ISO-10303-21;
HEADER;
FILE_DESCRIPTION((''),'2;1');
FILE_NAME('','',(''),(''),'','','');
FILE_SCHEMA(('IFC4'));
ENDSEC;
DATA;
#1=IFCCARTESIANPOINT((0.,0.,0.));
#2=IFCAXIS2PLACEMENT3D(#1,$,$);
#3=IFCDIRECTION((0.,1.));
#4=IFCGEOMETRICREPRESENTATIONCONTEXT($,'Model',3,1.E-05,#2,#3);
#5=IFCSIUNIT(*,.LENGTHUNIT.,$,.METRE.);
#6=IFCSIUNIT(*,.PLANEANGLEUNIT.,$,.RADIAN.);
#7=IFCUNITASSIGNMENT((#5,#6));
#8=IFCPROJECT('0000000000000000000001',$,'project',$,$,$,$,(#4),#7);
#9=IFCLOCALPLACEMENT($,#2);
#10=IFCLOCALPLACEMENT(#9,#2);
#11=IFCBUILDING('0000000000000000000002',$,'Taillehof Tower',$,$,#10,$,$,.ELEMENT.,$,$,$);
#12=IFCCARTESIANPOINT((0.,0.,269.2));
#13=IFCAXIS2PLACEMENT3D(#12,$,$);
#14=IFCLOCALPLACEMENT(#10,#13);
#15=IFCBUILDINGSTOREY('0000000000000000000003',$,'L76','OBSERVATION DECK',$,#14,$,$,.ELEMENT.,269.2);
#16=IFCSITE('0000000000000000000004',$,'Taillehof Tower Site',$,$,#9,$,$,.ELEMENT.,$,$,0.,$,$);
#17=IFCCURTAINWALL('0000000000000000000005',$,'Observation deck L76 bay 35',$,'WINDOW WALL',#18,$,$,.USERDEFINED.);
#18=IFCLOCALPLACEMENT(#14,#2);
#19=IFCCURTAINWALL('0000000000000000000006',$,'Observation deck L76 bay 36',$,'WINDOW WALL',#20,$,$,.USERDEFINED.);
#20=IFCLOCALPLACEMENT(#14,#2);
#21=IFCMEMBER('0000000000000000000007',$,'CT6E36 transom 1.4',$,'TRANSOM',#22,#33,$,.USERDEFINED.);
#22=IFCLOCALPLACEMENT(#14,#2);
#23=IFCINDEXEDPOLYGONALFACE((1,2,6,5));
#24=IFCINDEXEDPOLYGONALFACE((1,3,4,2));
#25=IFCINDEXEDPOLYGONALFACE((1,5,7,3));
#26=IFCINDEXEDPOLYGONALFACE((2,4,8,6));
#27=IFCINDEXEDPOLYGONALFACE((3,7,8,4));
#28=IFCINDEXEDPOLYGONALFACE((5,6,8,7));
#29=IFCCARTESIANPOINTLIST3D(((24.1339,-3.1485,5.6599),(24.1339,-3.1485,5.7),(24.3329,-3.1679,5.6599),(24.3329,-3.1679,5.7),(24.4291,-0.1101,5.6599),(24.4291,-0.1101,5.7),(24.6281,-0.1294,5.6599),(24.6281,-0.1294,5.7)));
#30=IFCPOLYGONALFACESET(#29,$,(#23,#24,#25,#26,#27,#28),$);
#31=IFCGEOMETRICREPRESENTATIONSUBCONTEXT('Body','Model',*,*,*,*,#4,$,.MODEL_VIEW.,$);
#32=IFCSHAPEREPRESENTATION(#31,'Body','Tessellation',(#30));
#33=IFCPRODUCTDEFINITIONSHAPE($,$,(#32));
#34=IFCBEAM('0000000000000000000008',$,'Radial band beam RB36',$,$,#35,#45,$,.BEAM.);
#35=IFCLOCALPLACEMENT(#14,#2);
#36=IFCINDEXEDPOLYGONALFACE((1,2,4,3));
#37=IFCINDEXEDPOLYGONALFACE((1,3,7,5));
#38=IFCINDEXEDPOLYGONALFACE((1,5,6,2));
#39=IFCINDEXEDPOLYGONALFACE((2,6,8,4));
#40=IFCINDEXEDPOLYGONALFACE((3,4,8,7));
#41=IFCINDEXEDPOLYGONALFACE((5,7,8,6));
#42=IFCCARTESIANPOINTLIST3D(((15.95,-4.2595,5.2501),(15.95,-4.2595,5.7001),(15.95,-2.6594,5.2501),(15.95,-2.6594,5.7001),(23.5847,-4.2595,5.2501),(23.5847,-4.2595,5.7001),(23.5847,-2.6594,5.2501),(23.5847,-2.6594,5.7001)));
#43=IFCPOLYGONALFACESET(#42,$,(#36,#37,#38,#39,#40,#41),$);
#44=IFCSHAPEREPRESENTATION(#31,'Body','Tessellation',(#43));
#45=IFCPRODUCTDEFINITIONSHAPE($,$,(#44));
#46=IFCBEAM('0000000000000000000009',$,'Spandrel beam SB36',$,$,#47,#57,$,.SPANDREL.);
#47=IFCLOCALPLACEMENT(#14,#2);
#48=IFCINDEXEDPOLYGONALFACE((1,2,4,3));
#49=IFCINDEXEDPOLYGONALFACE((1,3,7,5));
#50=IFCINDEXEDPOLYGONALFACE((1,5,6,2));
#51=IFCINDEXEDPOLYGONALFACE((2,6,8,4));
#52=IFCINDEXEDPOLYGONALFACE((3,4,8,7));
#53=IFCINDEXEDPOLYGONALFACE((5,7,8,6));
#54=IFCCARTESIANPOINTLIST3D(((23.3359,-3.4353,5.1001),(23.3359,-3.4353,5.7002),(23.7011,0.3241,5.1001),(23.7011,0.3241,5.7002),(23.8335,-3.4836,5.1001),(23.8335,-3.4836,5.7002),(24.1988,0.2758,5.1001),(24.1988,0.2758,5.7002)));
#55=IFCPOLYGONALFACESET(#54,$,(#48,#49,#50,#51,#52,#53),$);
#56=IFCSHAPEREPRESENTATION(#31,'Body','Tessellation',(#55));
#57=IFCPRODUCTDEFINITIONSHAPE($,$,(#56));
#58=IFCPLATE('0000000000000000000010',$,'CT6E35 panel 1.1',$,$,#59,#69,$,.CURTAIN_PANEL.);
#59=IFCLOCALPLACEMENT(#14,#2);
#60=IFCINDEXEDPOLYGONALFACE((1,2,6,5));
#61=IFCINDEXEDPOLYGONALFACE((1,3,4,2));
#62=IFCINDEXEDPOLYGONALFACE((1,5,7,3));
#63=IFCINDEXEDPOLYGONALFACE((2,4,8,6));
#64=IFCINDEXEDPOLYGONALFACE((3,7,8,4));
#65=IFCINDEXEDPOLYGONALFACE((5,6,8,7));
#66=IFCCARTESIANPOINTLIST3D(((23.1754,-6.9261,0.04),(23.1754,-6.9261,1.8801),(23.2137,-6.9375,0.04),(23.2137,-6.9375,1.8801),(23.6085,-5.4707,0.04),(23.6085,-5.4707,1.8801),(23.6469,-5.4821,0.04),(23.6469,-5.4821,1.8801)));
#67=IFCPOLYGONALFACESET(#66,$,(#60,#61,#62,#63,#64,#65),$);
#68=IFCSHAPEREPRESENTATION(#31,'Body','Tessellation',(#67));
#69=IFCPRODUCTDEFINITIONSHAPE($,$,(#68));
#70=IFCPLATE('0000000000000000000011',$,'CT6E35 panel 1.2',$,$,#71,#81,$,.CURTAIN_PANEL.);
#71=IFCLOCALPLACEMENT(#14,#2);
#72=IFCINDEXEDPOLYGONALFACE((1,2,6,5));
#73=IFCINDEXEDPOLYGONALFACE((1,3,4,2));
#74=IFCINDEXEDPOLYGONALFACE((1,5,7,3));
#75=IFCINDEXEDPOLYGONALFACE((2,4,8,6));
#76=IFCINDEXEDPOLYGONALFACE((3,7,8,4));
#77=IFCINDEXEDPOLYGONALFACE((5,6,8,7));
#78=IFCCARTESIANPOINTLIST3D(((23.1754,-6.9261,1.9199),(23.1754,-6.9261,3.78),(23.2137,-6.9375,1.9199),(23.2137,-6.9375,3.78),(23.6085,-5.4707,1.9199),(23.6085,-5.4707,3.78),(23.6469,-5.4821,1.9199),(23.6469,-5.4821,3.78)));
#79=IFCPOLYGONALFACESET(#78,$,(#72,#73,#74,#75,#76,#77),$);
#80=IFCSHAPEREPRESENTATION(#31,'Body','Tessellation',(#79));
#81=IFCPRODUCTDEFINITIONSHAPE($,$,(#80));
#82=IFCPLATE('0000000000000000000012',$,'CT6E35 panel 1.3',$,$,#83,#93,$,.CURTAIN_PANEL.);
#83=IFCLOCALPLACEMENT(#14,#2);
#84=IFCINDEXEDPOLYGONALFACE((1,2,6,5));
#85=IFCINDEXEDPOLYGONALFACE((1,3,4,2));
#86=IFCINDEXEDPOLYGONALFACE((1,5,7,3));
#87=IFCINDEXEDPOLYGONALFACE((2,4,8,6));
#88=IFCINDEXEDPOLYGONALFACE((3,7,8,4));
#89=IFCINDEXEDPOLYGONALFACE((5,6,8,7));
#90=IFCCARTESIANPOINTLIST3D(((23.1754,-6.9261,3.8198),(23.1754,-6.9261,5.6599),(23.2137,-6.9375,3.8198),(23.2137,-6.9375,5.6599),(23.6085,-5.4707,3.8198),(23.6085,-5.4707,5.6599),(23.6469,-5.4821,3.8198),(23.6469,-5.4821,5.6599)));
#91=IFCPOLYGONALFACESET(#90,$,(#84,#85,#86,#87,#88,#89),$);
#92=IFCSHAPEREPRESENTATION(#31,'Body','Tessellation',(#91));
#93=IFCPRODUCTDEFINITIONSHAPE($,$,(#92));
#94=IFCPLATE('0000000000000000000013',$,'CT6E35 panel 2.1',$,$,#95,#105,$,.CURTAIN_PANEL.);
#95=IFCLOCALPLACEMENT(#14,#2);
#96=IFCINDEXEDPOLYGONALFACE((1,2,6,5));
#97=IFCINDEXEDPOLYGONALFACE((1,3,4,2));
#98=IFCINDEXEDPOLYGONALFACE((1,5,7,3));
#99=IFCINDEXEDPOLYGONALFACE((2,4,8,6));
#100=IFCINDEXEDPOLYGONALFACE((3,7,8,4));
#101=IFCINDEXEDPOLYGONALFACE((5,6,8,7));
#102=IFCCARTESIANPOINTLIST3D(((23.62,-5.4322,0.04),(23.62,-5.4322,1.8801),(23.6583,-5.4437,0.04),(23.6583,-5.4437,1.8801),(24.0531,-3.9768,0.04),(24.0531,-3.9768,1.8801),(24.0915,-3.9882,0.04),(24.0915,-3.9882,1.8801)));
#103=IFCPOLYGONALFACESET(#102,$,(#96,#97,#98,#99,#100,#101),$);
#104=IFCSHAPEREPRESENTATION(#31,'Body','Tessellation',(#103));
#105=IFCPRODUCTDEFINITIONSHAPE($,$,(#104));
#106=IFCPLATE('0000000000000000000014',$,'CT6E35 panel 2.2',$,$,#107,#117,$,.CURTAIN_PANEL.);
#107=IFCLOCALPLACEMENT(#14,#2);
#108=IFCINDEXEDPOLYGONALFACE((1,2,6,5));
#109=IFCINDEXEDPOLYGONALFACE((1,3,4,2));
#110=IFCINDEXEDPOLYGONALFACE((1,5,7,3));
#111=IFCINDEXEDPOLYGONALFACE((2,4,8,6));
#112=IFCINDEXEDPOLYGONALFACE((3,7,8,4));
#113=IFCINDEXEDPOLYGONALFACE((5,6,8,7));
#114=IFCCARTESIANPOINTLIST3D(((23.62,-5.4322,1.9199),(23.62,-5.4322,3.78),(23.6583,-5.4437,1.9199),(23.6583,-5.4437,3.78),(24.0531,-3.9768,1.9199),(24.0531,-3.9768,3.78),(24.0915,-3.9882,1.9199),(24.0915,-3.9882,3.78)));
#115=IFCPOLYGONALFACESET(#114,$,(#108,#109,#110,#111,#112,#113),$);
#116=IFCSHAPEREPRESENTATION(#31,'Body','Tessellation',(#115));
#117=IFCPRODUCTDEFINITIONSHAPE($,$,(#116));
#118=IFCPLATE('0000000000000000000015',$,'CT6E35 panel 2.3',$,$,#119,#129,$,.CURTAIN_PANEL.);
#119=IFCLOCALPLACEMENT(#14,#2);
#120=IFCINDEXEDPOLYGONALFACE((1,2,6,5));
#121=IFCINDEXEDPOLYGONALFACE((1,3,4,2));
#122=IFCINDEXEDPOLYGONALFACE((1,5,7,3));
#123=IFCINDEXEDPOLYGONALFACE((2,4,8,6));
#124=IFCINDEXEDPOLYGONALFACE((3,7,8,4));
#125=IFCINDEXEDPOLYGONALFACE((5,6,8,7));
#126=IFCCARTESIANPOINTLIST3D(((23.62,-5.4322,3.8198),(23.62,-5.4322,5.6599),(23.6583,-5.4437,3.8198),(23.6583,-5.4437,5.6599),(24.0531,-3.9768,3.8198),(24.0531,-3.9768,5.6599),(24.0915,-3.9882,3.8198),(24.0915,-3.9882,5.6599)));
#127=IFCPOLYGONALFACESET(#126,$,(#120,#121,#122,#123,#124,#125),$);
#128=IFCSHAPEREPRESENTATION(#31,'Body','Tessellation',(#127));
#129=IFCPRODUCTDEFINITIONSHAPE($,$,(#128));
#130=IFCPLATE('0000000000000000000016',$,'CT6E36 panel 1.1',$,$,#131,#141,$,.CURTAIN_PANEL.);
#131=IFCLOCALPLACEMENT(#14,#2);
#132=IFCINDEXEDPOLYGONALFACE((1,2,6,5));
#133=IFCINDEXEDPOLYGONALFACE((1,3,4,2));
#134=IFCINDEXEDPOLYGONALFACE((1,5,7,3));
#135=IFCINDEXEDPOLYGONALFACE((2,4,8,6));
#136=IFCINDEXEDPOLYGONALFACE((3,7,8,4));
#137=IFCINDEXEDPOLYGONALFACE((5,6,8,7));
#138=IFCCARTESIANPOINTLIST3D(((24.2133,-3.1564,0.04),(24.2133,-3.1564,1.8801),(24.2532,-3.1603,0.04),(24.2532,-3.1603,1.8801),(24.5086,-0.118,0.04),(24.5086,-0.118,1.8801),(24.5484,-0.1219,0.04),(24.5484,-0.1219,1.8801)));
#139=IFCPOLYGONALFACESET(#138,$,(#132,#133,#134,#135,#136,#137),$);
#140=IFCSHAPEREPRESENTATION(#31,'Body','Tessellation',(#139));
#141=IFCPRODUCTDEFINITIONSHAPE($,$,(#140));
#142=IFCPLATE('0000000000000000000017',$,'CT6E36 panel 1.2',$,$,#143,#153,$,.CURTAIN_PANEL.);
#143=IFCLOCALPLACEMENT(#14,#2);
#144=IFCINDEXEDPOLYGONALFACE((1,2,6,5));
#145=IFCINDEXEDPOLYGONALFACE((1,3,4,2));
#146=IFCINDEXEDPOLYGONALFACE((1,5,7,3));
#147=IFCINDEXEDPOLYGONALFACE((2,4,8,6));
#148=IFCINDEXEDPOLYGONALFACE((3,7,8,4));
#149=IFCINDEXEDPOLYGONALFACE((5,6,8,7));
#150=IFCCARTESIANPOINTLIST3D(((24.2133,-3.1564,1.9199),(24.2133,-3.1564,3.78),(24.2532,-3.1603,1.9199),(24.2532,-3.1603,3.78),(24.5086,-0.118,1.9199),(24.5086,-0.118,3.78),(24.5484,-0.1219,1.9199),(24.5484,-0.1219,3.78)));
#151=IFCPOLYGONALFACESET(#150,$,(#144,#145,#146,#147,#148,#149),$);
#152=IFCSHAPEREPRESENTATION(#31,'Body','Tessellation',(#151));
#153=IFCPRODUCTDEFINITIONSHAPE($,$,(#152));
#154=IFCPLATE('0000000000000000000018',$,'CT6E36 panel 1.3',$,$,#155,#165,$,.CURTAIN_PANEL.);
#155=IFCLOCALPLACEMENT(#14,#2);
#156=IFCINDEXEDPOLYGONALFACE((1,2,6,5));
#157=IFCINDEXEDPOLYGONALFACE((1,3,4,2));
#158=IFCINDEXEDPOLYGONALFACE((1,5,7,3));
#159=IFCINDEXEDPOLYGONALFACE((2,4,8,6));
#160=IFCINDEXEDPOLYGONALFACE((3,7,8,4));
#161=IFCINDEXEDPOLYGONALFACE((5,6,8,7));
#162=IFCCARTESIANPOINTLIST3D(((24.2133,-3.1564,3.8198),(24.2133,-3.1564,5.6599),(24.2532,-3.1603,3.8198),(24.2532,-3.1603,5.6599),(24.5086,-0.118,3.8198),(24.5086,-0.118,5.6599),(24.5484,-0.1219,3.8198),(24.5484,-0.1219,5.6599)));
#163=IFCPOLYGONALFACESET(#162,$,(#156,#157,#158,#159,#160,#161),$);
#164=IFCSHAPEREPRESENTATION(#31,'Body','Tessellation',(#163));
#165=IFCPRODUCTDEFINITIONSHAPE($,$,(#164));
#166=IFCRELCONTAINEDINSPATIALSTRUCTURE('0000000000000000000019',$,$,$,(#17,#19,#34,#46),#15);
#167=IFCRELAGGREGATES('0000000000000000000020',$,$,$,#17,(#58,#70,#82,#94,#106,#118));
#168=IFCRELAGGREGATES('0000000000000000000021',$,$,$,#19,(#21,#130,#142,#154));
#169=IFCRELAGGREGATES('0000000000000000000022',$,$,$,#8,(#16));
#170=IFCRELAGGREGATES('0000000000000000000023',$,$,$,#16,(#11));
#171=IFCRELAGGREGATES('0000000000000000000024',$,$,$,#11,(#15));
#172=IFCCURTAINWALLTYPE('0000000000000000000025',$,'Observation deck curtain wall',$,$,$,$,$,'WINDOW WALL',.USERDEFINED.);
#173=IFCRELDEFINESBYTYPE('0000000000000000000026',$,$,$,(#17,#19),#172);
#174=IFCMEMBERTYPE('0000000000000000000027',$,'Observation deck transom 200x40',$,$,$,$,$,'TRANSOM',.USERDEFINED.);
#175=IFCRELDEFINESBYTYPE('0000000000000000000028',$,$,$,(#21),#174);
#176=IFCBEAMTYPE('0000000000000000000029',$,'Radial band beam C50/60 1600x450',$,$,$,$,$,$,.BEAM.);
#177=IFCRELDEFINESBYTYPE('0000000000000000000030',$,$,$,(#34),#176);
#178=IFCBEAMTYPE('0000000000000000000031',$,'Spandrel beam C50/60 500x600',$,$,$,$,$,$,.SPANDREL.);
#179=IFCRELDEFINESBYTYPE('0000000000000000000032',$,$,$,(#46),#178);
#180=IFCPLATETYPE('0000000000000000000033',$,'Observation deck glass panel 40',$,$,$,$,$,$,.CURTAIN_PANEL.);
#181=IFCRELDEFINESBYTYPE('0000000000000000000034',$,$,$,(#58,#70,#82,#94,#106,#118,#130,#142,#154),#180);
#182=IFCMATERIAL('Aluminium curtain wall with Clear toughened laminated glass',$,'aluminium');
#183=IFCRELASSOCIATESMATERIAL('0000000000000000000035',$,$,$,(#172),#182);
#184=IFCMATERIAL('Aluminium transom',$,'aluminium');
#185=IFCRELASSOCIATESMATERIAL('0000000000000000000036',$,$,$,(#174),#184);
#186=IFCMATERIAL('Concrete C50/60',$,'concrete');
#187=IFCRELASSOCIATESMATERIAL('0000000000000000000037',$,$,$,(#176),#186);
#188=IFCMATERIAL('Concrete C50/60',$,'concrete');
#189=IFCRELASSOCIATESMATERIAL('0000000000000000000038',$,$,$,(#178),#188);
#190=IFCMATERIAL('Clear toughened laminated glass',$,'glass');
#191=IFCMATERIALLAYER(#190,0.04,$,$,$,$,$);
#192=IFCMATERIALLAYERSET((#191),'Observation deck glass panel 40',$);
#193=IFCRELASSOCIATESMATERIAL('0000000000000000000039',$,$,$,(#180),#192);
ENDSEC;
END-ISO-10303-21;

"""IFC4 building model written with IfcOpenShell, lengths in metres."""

from ifc_helpers import new_model, si_unit, direction, frame, origin, origin_2d, place, context, subcontext, project, spatial, rectangle, extrude, material, layer, layer_set, material_profile, profile_set, type_object, element, aggregate, save


model = new_model("IFC4")

# Units and contexts
model_context = context("Model", 3, precision=1e-05, world=origin(), true_north=direction((0.0, 1.0)))
body_context = subcontext(model_context, "Body", "Model", "MODEL_VIEW")
ifc_project = project(units=[si_unit("LENGTHUNIT", "METRE"), si_unit("PLANEANGLEUNIT", "RADIAN")], contexts=[model_context])

# Site, building, storey
site_placement = place(None, origin())
site = spatial("IfcSite", under=ifc_project, at=site_placement, Name="Taillehof Tower Site", CompositionType="ELEMENT", RefElevation=0.0)
building_placement = place(site_placement, origin())
building = spatial("IfcBuilding", under=site, at=building_placement, Name="Taillehof Tower", CompositionType="ELEMENT")
storey_placement = place(building_placement, frame((0.0, 0.0, 269.2)))
storey = spatial("IfcBuildingStorey", under=building, at=storey_placement, Name="L76", Description="OBSERVATION DECK", CompositionType="ELEMENT", Elevation=269.2)

# Curtain walls
ifc_material_1 = material(Name="Aluminium curtain wall with Clear toughened laminated glass", Category="aluminium")
curtain_wall_type = type_object("IfcCurtainWallType", Name="Observation deck curtain wall", ElementType="WINDOW WALL", PredefinedType="USERDEFINED", material=ifc_material_1)
curtain_wall_1_placement = place(storey_placement, origin())
curtain_wall_1 = element("IfcCurtainWall", 1, at=curtain_wall_1_placement, inside=storey, type_object=curtain_wall_type, Name="Observation deck L76 bay 35", ObjectType="WINDOW WALL", PredefinedType="USERDEFINED")
curtain_wall_2_placement = place(storey_placement, origin())
curtain_wall_2 = element("IfcCurtainWall", 2, at=curtain_wall_2_placement, inside=storey, type_object=curtain_wall_type, Name="Observation deck L76 bay 36", ObjectType="WINDOW WALL", PredefinedType="USERDEFINED")

# Member
ifc_material_2 = material(Name="Aluminium transom", Category="aluminium")
ifc_material_profile_1 = material_profile(ifc_material_2, rectangle(XDim=0.2, YDim=0.04, at=origin_2d()), Name="AL 200x40")
ifc_profile_set_1 = profile_set([ifc_material_profile_1], Name="Aluminium transom")
member_type_1 = type_object("IfcMemberType", Name="Observation deck transom 200x40", ElementType="TRANSOM", PredefinedType="USERDEFINED", material=ifc_profile_set_1)
member_1_placement = place(storey_placement, frame((24.2334, -3.1582, 5.6799), z_axis=(0.096692, 0.995314, 0.0), x_axis=(-0.995314, 0.096692, 0.0)))
member_1 = element("IfcMember", 3, at=member_1_placement, type_object=member_type_1, Name="CT6E36 transom 1.4", ObjectType="TRANSOM", PredefinedType="USERDEFINED", context=body_context, shape_type="SweptSolid", body=[
    extrude(rectangle(XDim=0.2, YDim=0.04, at=origin_2d()), origin(), (0.0, 0.0, 1.0), 3.0527),
])

# Beams
ifc_material_3 = material(Name="Concrete C50/60", Category="concrete")
ifc_material_profile_2 = material_profile(ifc_material_3, rectangle(XDim=1.6001, YDim=0.45, at=origin_2d()), Name="RC 1600x450")
ifc_profile_set_2 = profile_set([ifc_material_profile_2], Name="Concrete C50/60")
beam_type_1 = type_object("IfcBeamType", Name="Radial band beam C50/60 1600x450", PredefinedType="BEAM", material=ifc_profile_set_2)
beam_1_placement = place(storey_placement, frame((23.5847, -3.4595, 5.4751), z_axis=(-1.0, 0.0, 0.0), x_axis=(0.0, -1.0, 0.0)))
element("IfcBeam", 4, at=beam_1_placement, inside=storey, type_object=beam_type_1, Name="Radial band beam RB36", PredefinedType="BEAM", context=body_context, shape_type="SweptSolid", body=[
    extrude(rectangle(XDim=1.6001, YDim=0.45, at=origin_2d()), origin(), (0.0, 0.0, 1.0), 7.6348),
])
ifc_material_4 = material(Name="Concrete C50/60", Category="concrete")
ifc_material_profile_3 = material_profile(ifc_material_4, rectangle(XDim=0.5, YDim=0.6001, at=origin_2d()), Name="RC 500x600")
ifc_profile_set_3 = profile_set([ifc_material_profile_3], Name="Concrete C50/60")
beam_type_2 = type_object("IfcBeamType", Name="Spandrel beam C50/60 500x600", PredefinedType="SPANDREL", material=ifc_profile_set_3)
beam_2_placement = place(storey_placement, frame((23.5847, -3.4595, 5.4001), z_axis=(0.096694, 0.995314, 0.0), x_axis=(-0.995314, 0.096694, 0.0)))
element("IfcBeam", 5, at=beam_2_placement, inside=storey, type_object=beam_type_2, Name="Spandrel beam SB36", PredefinedType="SPANDREL", context=body_context, shape_type="SweptSolid", body=[
    extrude(rectangle(XDim=0.5, YDim=0.6001, at=origin_2d()), origin(), (0.0, 0.0, 1.0), 3.7771),
])

# Plates
ifc_material_5 = material(Name="Clear toughened laminated glass", Category="glass")
ifc_layer = layer(ifc_material_5, 0.04)
ifc_layer_set = layer_set([ifc_layer], Name="Observation deck glass panel 40")
plate_type = type_object("IfcPlateType", Name="Observation deck glass panel 40", PredefinedType="CURTAIN_PANEL", material=ifc_layer_set)
plate_1_placement = place(storey_placement, frame((23.4111, -6.2041, 0.04), z_axis=(0.0, 0.0, 1.0), x_axis=(0.285236, 0.958457, 0.0)))
plate_1 = element("IfcPlate", 6, at=plate_1_placement, type_object=plate_type, Name="CT6E35 panel 1.1", PredefinedType="CURTAIN_PANEL", context=body_context, shape_type="SweptSolid", body=[
    extrude(rectangle(XDim=1.5186, YDim=0.04, at=origin_2d()), origin(), (0.0, 0.0, 1.0), 1.8401),
])
plate_2_placement = place(storey_placement, frame((23.4111, -6.2041, 1.9199), z_axis=(0.0, 0.0, 1.0), x_axis=(0.285236, 0.958457, 0.0)))
plate_2 = element("IfcPlate", 7, at=plate_2_placement, type_object=plate_type, Name="CT6E35 panel 1.2", PredefinedType="CURTAIN_PANEL", context=body_context, shape_type="SweptSolid", body=[
    extrude(rectangle(XDim=1.5186, YDim=0.04, at=origin_2d()), origin(), (0.0, 0.0, 1.0), 1.8601),
])
plate_3_placement = place(storey_placement, frame((23.4111, -6.2041, 3.8198), z_axis=(0.0, 0.0, 1.0), x_axis=(0.285236, 0.958457, 0.0)))
plate_3 = element("IfcPlate", 8, at=plate_3_placement, type_object=plate_type, Name="CT6E35 panel 1.3", PredefinedType="CURTAIN_PANEL", context=body_context, shape_type="SweptSolid", body=[
    extrude(rectangle(XDim=1.5186, YDim=0.04, at=origin_2d()), origin(), (0.0, 0.0, 1.0), 1.8401),
])
plate_4_placement = place(storey_placement, frame((23.8557, -4.7102, 0.04), z_axis=(0.0, 0.0, 1.0), x_axis=(0.285236, 0.958457, 0.0)))
plate_4 = element("IfcPlate", 9, at=plate_4_placement, type_object=plate_type, Name="CT6E35 panel 2.1", PredefinedType="CURTAIN_PANEL", context=body_context, shape_type="SweptSolid", body=[
    extrude(rectangle(XDim=1.5186, YDim=0.04, at=origin_2d()), origin(), (0.0, 0.0, 1.0), 1.8401),
])
plate_5_placement = place(storey_placement, frame((23.8557, -4.7102, 1.9199), z_axis=(0.0, 0.0, 1.0), x_axis=(0.285236, 0.958457, 0.0)))
plate_5 = element("IfcPlate", 10, at=plate_5_placement, type_object=plate_type, Name="CT6E35 panel 2.2", PredefinedType="CURTAIN_PANEL", context=body_context, shape_type="SweptSolid", body=[
    extrude(rectangle(XDim=1.5186, YDim=0.04, at=origin_2d()), origin(), (0.0, 0.0, 1.0), 1.8601),
])
plate_6_placement = place(storey_placement, frame((23.8557, -4.7102, 3.8198), z_axis=(0.0, 0.0, 1.0), x_axis=(0.285236, 0.958457, 0.0)))
plate_6 = element("IfcPlate", 11, at=plate_6_placement, type_object=plate_type, Name="CT6E35 panel 2.3", PredefinedType="CURTAIN_PANEL", context=body_context, shape_type="SweptSolid", body=[
    extrude(rectangle(XDim=1.5186, YDim=0.04, at=origin_2d()), origin(), (0.0, 0.0, 1.0), 1.8401),
])
aggregate(curtain_wall_1, [plate_1, plate_2, plate_3, plate_4, plate_5, plate_6])
plate_7_placement = place(storey_placement, frame((24.3809, -1.6392, 0.04), z_axis=(0.0, 0.0, 1.0), x_axis=(0.096714, 0.995312, 0.0)))
plate_7 = element("IfcPlate", 12, at=plate_7_placement, type_object=plate_type, Name="CT6E36 panel 1.1", PredefinedType="CURTAIN_PANEL", context=body_context, shape_type="SweptSolid", body=[
    extrude(rectangle(XDim=3.0527, YDim=0.04, at=origin_2d()), origin(), (0.0, 0.0, 1.0), 1.8401),
])
plate_8_placement = place(storey_placement, frame((24.3809, -1.6392, 1.9199), z_axis=(0.0, 0.0, 1.0), x_axis=(0.096714, 0.995312, 0.0)))
plate_8 = element("IfcPlate", 13, at=plate_8_placement, type_object=plate_type, Name="CT6E36 panel 1.2", PredefinedType="CURTAIN_PANEL", context=body_context, shape_type="SweptSolid", body=[
    extrude(rectangle(XDim=3.0527, YDim=0.04, at=origin_2d()), origin(), (0.0, 0.0, 1.0), 1.8601),
])
plate_9_placement = place(storey_placement, frame((24.3809, -1.6392, 3.8198), z_axis=(0.0, 0.0, 1.0), x_axis=(0.096714, 0.995312, 0.0)))
plate_9 = element("IfcPlate", 14, at=plate_9_placement, type_object=plate_type, Name="CT6E36 panel 1.3", PredefinedType="CURTAIN_PANEL", context=body_context, shape_type="SweptSolid", body=[
    extrude(rectangle(XDim=3.0527, YDim=0.04, at=origin_2d()), origin(), (0.0, 0.0, 1.0), 1.8401),
])
aggregate(curtain_wall_2, [member_1, plate_7, plate_8, plate_9])

save(model, "model.ifc")
